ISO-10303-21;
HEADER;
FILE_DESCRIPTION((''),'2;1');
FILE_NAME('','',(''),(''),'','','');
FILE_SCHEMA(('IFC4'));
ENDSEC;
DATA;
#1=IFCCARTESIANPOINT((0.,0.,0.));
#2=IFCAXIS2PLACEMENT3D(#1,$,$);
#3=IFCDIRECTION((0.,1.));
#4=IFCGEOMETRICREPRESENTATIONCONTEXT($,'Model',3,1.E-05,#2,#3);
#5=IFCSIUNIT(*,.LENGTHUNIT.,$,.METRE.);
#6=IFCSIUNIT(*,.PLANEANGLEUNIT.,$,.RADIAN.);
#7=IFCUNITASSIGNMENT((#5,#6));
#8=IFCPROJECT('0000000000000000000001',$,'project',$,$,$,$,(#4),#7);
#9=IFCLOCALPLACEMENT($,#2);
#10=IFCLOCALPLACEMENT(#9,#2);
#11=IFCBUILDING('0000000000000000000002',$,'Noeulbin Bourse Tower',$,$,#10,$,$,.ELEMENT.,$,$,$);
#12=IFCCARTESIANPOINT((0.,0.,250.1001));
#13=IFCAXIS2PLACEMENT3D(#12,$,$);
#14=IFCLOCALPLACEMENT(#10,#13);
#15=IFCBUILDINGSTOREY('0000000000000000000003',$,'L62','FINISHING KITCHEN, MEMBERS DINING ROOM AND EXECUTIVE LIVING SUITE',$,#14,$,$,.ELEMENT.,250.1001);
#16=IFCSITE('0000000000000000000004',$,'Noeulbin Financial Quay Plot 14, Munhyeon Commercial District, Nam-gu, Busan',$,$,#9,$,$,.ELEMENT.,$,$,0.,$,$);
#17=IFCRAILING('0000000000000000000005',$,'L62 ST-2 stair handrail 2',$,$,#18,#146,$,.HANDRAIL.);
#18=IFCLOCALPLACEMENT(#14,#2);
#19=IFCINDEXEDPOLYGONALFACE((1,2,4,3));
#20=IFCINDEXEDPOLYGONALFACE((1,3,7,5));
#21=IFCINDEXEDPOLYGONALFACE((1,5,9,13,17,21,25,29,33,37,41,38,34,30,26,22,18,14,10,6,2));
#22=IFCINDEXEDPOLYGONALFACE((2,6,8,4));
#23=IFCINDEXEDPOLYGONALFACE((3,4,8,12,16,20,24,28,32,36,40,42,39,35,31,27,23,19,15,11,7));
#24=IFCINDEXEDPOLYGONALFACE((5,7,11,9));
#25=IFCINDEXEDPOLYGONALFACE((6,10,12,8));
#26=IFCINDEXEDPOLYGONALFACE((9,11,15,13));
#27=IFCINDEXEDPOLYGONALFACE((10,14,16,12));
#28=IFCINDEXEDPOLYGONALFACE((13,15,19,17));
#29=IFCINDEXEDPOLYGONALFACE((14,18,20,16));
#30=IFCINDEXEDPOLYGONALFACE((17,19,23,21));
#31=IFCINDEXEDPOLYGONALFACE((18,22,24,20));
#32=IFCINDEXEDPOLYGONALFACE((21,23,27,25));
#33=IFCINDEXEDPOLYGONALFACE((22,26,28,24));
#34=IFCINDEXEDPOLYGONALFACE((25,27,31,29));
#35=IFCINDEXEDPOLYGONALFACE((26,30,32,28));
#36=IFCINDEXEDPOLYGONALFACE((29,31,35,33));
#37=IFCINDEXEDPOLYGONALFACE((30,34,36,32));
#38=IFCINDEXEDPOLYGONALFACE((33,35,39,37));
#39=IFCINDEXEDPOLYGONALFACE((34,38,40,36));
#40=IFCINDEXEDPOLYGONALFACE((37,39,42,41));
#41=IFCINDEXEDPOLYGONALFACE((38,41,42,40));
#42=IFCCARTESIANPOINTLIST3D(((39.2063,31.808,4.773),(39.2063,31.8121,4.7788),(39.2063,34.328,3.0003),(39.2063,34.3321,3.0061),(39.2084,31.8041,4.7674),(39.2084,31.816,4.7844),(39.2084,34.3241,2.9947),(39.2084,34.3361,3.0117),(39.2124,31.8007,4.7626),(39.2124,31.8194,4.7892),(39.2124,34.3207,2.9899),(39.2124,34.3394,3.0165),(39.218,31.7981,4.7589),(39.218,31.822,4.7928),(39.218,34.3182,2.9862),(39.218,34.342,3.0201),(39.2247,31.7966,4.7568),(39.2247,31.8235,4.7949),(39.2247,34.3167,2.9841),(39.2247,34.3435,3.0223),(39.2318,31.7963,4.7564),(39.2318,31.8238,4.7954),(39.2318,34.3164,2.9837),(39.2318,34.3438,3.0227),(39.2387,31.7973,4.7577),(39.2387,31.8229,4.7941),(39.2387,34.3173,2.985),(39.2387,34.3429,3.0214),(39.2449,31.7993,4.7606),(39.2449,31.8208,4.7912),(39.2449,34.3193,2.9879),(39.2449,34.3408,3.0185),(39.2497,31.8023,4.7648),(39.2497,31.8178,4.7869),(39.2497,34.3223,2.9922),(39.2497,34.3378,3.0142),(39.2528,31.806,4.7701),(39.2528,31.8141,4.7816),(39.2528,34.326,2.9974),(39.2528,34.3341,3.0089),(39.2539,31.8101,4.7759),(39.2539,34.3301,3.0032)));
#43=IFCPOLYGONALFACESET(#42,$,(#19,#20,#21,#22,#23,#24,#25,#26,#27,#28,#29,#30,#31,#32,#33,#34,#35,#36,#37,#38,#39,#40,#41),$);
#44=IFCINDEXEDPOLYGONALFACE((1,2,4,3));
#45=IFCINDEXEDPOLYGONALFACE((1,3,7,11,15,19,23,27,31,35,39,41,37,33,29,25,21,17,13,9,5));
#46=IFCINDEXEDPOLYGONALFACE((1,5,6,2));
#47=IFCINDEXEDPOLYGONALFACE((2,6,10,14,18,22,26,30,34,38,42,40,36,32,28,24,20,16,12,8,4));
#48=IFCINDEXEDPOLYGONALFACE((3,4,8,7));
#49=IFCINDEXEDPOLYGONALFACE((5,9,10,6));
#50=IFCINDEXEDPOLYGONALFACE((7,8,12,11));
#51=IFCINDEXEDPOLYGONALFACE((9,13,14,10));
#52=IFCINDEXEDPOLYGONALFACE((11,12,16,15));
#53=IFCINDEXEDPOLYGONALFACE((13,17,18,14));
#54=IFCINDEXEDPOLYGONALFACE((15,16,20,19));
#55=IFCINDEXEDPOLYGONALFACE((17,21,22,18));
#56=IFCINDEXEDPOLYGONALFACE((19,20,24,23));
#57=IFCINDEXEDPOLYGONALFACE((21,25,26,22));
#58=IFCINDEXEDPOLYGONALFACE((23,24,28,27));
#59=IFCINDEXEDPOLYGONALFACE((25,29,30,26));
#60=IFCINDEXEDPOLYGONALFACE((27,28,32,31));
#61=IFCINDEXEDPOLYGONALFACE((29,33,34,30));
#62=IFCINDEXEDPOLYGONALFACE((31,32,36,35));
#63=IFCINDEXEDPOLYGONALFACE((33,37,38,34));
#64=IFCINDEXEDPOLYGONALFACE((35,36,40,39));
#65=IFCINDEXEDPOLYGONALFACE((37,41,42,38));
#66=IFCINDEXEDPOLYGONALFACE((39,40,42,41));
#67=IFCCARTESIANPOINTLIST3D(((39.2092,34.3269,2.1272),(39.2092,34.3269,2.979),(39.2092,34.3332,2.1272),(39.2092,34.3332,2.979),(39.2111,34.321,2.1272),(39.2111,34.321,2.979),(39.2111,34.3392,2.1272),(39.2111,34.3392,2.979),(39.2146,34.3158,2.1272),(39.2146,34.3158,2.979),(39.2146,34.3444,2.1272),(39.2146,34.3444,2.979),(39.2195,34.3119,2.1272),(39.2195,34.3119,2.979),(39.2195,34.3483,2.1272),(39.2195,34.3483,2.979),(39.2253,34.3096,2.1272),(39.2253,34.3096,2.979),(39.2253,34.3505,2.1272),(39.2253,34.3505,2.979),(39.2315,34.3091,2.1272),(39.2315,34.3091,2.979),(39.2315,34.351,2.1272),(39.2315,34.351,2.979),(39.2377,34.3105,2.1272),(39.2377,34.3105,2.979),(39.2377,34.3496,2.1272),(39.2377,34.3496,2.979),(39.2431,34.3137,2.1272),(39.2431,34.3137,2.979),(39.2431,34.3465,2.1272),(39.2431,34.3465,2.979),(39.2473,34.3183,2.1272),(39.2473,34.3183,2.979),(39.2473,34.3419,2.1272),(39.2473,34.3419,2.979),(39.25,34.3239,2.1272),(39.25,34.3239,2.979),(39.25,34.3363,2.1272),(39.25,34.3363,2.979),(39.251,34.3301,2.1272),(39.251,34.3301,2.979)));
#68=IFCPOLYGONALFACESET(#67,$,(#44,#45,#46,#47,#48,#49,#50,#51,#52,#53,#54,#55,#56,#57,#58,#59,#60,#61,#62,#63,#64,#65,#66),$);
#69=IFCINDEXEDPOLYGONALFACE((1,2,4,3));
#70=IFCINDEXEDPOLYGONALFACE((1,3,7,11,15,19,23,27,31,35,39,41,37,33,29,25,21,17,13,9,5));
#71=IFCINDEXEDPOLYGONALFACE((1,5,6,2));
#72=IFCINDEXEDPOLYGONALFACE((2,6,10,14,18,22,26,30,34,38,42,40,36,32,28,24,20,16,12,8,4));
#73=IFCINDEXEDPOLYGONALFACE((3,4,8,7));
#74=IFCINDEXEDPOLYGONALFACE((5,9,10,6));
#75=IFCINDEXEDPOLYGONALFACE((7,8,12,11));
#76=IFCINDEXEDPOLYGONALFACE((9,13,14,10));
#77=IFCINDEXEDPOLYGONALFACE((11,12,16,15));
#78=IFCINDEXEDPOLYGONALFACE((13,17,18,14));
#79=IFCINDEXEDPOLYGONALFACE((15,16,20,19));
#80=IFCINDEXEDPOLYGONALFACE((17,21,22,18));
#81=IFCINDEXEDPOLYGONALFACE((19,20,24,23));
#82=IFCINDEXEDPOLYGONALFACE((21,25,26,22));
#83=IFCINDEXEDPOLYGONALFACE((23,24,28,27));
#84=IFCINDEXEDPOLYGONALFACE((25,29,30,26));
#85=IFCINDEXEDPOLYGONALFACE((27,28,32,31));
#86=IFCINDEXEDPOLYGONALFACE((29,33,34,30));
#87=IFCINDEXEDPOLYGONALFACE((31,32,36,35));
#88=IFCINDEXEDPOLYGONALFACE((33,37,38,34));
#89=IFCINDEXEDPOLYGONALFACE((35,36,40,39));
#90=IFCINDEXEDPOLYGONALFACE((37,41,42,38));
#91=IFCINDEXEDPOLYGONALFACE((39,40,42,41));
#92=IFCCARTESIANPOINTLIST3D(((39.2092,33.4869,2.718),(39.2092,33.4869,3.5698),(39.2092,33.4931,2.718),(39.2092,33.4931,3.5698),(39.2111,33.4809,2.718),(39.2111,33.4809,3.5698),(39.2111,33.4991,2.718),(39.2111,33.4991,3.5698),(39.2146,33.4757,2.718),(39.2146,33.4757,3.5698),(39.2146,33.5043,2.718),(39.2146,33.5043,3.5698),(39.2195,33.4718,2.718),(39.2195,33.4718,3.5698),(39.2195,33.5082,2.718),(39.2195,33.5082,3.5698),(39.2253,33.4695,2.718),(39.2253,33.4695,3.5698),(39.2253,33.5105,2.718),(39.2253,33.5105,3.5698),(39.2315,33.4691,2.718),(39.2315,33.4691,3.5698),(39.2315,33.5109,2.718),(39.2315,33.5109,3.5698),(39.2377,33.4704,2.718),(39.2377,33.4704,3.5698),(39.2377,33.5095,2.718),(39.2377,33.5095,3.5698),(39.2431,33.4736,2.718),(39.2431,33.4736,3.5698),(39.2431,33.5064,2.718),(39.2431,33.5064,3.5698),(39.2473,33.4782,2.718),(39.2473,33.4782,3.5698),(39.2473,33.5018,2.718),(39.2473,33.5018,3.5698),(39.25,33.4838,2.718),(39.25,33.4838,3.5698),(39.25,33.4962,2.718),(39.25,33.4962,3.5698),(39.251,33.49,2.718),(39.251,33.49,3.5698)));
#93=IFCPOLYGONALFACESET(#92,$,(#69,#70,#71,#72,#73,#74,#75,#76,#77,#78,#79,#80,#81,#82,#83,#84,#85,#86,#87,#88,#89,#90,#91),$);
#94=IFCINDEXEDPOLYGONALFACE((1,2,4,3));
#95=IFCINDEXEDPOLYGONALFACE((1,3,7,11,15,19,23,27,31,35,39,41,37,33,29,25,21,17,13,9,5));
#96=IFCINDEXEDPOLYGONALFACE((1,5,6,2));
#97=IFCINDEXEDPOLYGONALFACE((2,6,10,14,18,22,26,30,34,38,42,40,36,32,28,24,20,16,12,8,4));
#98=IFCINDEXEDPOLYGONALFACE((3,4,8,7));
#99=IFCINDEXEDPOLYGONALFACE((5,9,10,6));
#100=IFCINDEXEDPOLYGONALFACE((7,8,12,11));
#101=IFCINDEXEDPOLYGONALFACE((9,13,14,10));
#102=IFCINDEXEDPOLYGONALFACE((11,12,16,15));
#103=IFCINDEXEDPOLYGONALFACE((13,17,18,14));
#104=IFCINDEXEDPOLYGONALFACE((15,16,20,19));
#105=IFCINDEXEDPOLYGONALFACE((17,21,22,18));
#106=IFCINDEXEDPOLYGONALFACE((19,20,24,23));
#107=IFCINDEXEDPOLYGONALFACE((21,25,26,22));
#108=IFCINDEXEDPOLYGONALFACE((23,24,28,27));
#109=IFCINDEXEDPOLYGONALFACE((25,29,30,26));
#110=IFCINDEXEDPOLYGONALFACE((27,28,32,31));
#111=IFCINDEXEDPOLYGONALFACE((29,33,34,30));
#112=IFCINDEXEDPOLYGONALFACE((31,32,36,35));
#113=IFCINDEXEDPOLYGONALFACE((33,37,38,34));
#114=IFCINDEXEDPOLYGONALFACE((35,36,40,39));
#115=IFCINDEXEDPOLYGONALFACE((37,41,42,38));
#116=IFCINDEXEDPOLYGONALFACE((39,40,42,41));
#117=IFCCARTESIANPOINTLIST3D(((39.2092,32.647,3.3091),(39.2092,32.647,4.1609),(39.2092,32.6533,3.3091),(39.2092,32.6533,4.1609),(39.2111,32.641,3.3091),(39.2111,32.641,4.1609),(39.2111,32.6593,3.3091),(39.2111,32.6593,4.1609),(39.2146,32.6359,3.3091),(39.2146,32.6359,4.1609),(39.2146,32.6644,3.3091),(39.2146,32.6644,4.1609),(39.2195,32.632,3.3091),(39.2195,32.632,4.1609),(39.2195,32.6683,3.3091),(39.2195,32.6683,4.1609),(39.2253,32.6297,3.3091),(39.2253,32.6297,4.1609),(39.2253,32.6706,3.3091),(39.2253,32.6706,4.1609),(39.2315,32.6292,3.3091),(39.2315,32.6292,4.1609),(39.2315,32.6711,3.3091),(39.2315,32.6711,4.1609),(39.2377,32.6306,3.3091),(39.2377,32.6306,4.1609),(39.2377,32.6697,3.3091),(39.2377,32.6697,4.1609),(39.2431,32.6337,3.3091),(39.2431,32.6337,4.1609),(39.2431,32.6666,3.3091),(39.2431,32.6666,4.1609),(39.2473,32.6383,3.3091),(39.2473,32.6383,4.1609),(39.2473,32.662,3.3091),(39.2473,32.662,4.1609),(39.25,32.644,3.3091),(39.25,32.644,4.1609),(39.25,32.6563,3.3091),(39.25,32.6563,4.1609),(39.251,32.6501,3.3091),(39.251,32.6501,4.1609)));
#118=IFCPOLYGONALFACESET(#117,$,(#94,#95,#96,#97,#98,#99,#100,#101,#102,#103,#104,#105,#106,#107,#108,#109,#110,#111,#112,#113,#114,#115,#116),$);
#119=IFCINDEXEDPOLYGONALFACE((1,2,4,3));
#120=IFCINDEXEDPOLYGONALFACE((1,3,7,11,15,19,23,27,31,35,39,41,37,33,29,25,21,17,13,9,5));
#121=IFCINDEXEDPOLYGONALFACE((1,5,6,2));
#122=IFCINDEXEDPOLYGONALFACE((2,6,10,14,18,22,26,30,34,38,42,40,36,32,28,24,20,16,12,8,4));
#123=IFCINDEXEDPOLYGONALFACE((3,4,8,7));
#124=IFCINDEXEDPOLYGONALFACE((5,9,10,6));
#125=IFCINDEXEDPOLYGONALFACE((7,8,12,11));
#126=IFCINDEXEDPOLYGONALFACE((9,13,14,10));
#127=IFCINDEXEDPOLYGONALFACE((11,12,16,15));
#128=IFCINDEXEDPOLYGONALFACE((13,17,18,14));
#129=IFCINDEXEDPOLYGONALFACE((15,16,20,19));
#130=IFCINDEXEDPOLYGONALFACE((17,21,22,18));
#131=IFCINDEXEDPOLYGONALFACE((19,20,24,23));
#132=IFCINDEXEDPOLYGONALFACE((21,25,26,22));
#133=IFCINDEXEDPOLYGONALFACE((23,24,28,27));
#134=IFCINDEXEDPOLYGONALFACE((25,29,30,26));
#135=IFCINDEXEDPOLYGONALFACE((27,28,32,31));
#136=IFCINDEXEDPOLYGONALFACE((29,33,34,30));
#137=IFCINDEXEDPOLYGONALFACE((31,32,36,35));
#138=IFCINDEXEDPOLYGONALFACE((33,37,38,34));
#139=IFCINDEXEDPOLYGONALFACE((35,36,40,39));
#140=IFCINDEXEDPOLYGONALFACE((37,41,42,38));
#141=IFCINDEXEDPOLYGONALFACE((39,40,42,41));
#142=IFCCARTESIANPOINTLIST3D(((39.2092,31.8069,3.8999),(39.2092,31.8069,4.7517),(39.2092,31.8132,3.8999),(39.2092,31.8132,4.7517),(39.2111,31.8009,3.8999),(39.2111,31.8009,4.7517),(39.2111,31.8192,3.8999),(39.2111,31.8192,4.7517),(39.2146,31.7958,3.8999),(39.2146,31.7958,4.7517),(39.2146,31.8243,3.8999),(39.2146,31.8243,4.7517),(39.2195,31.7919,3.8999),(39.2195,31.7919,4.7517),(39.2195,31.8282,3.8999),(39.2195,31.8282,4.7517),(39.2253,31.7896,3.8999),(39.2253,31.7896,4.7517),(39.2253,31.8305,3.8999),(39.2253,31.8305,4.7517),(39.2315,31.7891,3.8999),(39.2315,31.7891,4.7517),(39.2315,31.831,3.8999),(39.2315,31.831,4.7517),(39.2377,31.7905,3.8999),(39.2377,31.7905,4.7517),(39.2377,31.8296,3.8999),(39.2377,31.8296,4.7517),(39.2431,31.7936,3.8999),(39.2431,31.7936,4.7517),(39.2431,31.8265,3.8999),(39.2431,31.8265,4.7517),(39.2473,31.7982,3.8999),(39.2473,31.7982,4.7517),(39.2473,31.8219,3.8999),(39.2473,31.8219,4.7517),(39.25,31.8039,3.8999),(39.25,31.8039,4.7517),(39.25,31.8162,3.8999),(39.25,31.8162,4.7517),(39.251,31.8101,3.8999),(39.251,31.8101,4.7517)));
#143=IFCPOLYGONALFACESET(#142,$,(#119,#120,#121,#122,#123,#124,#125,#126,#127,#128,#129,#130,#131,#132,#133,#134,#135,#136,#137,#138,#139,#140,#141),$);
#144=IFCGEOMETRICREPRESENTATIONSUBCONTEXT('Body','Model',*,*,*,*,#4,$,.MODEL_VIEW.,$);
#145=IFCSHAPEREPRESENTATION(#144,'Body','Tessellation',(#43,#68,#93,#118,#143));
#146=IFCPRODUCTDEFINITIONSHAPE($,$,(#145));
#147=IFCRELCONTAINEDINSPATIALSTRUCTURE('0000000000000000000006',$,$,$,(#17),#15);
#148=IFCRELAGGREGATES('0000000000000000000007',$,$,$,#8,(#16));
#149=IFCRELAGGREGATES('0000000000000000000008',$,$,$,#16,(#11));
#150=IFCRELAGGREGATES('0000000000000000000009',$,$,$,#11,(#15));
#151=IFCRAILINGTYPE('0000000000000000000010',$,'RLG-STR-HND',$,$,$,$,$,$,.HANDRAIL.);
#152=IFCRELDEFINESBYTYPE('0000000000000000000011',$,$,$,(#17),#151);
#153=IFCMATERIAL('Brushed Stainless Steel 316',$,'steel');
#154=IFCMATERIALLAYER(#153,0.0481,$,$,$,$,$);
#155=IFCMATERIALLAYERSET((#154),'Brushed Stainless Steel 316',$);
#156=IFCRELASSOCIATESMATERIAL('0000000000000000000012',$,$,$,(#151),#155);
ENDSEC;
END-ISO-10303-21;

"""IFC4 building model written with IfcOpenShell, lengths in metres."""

from ifc_helpers import new_model, si_unit, direction, frame, origin, origin_2d, place, context, subcontext, project, spatial, circle, extrude, material, layer, layer_set, type_object, element, save


model = new_model("IFC4")

# Units and contexts
model_context = context("Model", 3, precision=1e-05, world=origin(), true_north=direction((0.0, 1.0)))
body_context = subcontext(model_context, "Body", "Model", "MODEL_VIEW")
ifc_project = project(units=[si_unit("LENGTHUNIT", "METRE"), si_unit("PLANEANGLEUNIT", "RADIAN")], contexts=[model_context])

# Site, building, storey
site_placement = place(None, origin())
site = spatial("IfcSite", under=ifc_project, at=site_placement, Name="Noeulbin Financial Quay Plot 14, Munhyeon Commercial District, Nam-gu, Busan", CompositionType="ELEMENT", RefElevation=0.0)
building_placement = place(site_placement, origin())
building = spatial("IfcBuilding", under=site, at=building_placement, Name="Noeulbin Bourse Tower", CompositionType="ELEMENT")
storey_placement = place(building_placement, frame((0.0, 0.0, 250.1001)))
storey = spatial("IfcBuildingStorey", under=building, at=storey_placement, Name="L62", Description="FINISHING KITCHEN, MEMBERS DINING ROOM AND EXECUTIVE LIVING SUITE", CompositionType="ELEMENT", Elevation=250.1001)

# Railing
ifc_material_1 = material(Name="Brushed Stainless Steel 316", Category="steel")
ifc_layer_1 = layer(ifc_material_1, 0.0481)
ifc_layer_set_1 = layer_set([ifc_layer_1], Name="Brushed Stainless Steel 316")
railing_type_1 = type_object("IfcRailingType", Name="RLG-STR-HND", PredefinedType="HANDRAIL", material=ifc_layer_set_1)
railing_1_placement = place(storey_placement, frame((39.23, 34.3301, 2.1272)))
element("IfcRailing", 1, at=railing_1_placement, inside=storey, type_object=railing_type_1, Name="L62 ST-2 stair handrail 2", PredefinedType="HANDRAIL", context=body_context, shape_type="SweptSolid", body=[
    extrude(circle(Radius=0.0239, at=origin_2d()), frame((0.0, 0.0, 0.876), z_axis=(0.0, -0.817904, 0.575354), x_axis=(1.0, 0.0, 0.0)), (0.0, 0.0, 1.0), 3.0811),
    extrude(circle(Radius=0.021, at=origin_2d()), origin(), (0.0, 0.0, 1.0), 0.8518),
    extrude(circle(Radius=0.021, at=origin_2d()), frame((0.0, -0.8401, 0.5908)), (0.0, 0.0, 1.0), 0.8518),
    extrude(circle(Radius=0.021, at=origin_2d()), frame((0.0, -1.6799, 1.1819)), (0.0, 0.0, 1.0), 0.8518),
    extrude(circle(Radius=0.021, at=origin_2d()), frame((0.0, -2.52, 1.7727)), (0.0, 0.0, 1.0), 0.8518),
])

save(model, "model.ifc")
